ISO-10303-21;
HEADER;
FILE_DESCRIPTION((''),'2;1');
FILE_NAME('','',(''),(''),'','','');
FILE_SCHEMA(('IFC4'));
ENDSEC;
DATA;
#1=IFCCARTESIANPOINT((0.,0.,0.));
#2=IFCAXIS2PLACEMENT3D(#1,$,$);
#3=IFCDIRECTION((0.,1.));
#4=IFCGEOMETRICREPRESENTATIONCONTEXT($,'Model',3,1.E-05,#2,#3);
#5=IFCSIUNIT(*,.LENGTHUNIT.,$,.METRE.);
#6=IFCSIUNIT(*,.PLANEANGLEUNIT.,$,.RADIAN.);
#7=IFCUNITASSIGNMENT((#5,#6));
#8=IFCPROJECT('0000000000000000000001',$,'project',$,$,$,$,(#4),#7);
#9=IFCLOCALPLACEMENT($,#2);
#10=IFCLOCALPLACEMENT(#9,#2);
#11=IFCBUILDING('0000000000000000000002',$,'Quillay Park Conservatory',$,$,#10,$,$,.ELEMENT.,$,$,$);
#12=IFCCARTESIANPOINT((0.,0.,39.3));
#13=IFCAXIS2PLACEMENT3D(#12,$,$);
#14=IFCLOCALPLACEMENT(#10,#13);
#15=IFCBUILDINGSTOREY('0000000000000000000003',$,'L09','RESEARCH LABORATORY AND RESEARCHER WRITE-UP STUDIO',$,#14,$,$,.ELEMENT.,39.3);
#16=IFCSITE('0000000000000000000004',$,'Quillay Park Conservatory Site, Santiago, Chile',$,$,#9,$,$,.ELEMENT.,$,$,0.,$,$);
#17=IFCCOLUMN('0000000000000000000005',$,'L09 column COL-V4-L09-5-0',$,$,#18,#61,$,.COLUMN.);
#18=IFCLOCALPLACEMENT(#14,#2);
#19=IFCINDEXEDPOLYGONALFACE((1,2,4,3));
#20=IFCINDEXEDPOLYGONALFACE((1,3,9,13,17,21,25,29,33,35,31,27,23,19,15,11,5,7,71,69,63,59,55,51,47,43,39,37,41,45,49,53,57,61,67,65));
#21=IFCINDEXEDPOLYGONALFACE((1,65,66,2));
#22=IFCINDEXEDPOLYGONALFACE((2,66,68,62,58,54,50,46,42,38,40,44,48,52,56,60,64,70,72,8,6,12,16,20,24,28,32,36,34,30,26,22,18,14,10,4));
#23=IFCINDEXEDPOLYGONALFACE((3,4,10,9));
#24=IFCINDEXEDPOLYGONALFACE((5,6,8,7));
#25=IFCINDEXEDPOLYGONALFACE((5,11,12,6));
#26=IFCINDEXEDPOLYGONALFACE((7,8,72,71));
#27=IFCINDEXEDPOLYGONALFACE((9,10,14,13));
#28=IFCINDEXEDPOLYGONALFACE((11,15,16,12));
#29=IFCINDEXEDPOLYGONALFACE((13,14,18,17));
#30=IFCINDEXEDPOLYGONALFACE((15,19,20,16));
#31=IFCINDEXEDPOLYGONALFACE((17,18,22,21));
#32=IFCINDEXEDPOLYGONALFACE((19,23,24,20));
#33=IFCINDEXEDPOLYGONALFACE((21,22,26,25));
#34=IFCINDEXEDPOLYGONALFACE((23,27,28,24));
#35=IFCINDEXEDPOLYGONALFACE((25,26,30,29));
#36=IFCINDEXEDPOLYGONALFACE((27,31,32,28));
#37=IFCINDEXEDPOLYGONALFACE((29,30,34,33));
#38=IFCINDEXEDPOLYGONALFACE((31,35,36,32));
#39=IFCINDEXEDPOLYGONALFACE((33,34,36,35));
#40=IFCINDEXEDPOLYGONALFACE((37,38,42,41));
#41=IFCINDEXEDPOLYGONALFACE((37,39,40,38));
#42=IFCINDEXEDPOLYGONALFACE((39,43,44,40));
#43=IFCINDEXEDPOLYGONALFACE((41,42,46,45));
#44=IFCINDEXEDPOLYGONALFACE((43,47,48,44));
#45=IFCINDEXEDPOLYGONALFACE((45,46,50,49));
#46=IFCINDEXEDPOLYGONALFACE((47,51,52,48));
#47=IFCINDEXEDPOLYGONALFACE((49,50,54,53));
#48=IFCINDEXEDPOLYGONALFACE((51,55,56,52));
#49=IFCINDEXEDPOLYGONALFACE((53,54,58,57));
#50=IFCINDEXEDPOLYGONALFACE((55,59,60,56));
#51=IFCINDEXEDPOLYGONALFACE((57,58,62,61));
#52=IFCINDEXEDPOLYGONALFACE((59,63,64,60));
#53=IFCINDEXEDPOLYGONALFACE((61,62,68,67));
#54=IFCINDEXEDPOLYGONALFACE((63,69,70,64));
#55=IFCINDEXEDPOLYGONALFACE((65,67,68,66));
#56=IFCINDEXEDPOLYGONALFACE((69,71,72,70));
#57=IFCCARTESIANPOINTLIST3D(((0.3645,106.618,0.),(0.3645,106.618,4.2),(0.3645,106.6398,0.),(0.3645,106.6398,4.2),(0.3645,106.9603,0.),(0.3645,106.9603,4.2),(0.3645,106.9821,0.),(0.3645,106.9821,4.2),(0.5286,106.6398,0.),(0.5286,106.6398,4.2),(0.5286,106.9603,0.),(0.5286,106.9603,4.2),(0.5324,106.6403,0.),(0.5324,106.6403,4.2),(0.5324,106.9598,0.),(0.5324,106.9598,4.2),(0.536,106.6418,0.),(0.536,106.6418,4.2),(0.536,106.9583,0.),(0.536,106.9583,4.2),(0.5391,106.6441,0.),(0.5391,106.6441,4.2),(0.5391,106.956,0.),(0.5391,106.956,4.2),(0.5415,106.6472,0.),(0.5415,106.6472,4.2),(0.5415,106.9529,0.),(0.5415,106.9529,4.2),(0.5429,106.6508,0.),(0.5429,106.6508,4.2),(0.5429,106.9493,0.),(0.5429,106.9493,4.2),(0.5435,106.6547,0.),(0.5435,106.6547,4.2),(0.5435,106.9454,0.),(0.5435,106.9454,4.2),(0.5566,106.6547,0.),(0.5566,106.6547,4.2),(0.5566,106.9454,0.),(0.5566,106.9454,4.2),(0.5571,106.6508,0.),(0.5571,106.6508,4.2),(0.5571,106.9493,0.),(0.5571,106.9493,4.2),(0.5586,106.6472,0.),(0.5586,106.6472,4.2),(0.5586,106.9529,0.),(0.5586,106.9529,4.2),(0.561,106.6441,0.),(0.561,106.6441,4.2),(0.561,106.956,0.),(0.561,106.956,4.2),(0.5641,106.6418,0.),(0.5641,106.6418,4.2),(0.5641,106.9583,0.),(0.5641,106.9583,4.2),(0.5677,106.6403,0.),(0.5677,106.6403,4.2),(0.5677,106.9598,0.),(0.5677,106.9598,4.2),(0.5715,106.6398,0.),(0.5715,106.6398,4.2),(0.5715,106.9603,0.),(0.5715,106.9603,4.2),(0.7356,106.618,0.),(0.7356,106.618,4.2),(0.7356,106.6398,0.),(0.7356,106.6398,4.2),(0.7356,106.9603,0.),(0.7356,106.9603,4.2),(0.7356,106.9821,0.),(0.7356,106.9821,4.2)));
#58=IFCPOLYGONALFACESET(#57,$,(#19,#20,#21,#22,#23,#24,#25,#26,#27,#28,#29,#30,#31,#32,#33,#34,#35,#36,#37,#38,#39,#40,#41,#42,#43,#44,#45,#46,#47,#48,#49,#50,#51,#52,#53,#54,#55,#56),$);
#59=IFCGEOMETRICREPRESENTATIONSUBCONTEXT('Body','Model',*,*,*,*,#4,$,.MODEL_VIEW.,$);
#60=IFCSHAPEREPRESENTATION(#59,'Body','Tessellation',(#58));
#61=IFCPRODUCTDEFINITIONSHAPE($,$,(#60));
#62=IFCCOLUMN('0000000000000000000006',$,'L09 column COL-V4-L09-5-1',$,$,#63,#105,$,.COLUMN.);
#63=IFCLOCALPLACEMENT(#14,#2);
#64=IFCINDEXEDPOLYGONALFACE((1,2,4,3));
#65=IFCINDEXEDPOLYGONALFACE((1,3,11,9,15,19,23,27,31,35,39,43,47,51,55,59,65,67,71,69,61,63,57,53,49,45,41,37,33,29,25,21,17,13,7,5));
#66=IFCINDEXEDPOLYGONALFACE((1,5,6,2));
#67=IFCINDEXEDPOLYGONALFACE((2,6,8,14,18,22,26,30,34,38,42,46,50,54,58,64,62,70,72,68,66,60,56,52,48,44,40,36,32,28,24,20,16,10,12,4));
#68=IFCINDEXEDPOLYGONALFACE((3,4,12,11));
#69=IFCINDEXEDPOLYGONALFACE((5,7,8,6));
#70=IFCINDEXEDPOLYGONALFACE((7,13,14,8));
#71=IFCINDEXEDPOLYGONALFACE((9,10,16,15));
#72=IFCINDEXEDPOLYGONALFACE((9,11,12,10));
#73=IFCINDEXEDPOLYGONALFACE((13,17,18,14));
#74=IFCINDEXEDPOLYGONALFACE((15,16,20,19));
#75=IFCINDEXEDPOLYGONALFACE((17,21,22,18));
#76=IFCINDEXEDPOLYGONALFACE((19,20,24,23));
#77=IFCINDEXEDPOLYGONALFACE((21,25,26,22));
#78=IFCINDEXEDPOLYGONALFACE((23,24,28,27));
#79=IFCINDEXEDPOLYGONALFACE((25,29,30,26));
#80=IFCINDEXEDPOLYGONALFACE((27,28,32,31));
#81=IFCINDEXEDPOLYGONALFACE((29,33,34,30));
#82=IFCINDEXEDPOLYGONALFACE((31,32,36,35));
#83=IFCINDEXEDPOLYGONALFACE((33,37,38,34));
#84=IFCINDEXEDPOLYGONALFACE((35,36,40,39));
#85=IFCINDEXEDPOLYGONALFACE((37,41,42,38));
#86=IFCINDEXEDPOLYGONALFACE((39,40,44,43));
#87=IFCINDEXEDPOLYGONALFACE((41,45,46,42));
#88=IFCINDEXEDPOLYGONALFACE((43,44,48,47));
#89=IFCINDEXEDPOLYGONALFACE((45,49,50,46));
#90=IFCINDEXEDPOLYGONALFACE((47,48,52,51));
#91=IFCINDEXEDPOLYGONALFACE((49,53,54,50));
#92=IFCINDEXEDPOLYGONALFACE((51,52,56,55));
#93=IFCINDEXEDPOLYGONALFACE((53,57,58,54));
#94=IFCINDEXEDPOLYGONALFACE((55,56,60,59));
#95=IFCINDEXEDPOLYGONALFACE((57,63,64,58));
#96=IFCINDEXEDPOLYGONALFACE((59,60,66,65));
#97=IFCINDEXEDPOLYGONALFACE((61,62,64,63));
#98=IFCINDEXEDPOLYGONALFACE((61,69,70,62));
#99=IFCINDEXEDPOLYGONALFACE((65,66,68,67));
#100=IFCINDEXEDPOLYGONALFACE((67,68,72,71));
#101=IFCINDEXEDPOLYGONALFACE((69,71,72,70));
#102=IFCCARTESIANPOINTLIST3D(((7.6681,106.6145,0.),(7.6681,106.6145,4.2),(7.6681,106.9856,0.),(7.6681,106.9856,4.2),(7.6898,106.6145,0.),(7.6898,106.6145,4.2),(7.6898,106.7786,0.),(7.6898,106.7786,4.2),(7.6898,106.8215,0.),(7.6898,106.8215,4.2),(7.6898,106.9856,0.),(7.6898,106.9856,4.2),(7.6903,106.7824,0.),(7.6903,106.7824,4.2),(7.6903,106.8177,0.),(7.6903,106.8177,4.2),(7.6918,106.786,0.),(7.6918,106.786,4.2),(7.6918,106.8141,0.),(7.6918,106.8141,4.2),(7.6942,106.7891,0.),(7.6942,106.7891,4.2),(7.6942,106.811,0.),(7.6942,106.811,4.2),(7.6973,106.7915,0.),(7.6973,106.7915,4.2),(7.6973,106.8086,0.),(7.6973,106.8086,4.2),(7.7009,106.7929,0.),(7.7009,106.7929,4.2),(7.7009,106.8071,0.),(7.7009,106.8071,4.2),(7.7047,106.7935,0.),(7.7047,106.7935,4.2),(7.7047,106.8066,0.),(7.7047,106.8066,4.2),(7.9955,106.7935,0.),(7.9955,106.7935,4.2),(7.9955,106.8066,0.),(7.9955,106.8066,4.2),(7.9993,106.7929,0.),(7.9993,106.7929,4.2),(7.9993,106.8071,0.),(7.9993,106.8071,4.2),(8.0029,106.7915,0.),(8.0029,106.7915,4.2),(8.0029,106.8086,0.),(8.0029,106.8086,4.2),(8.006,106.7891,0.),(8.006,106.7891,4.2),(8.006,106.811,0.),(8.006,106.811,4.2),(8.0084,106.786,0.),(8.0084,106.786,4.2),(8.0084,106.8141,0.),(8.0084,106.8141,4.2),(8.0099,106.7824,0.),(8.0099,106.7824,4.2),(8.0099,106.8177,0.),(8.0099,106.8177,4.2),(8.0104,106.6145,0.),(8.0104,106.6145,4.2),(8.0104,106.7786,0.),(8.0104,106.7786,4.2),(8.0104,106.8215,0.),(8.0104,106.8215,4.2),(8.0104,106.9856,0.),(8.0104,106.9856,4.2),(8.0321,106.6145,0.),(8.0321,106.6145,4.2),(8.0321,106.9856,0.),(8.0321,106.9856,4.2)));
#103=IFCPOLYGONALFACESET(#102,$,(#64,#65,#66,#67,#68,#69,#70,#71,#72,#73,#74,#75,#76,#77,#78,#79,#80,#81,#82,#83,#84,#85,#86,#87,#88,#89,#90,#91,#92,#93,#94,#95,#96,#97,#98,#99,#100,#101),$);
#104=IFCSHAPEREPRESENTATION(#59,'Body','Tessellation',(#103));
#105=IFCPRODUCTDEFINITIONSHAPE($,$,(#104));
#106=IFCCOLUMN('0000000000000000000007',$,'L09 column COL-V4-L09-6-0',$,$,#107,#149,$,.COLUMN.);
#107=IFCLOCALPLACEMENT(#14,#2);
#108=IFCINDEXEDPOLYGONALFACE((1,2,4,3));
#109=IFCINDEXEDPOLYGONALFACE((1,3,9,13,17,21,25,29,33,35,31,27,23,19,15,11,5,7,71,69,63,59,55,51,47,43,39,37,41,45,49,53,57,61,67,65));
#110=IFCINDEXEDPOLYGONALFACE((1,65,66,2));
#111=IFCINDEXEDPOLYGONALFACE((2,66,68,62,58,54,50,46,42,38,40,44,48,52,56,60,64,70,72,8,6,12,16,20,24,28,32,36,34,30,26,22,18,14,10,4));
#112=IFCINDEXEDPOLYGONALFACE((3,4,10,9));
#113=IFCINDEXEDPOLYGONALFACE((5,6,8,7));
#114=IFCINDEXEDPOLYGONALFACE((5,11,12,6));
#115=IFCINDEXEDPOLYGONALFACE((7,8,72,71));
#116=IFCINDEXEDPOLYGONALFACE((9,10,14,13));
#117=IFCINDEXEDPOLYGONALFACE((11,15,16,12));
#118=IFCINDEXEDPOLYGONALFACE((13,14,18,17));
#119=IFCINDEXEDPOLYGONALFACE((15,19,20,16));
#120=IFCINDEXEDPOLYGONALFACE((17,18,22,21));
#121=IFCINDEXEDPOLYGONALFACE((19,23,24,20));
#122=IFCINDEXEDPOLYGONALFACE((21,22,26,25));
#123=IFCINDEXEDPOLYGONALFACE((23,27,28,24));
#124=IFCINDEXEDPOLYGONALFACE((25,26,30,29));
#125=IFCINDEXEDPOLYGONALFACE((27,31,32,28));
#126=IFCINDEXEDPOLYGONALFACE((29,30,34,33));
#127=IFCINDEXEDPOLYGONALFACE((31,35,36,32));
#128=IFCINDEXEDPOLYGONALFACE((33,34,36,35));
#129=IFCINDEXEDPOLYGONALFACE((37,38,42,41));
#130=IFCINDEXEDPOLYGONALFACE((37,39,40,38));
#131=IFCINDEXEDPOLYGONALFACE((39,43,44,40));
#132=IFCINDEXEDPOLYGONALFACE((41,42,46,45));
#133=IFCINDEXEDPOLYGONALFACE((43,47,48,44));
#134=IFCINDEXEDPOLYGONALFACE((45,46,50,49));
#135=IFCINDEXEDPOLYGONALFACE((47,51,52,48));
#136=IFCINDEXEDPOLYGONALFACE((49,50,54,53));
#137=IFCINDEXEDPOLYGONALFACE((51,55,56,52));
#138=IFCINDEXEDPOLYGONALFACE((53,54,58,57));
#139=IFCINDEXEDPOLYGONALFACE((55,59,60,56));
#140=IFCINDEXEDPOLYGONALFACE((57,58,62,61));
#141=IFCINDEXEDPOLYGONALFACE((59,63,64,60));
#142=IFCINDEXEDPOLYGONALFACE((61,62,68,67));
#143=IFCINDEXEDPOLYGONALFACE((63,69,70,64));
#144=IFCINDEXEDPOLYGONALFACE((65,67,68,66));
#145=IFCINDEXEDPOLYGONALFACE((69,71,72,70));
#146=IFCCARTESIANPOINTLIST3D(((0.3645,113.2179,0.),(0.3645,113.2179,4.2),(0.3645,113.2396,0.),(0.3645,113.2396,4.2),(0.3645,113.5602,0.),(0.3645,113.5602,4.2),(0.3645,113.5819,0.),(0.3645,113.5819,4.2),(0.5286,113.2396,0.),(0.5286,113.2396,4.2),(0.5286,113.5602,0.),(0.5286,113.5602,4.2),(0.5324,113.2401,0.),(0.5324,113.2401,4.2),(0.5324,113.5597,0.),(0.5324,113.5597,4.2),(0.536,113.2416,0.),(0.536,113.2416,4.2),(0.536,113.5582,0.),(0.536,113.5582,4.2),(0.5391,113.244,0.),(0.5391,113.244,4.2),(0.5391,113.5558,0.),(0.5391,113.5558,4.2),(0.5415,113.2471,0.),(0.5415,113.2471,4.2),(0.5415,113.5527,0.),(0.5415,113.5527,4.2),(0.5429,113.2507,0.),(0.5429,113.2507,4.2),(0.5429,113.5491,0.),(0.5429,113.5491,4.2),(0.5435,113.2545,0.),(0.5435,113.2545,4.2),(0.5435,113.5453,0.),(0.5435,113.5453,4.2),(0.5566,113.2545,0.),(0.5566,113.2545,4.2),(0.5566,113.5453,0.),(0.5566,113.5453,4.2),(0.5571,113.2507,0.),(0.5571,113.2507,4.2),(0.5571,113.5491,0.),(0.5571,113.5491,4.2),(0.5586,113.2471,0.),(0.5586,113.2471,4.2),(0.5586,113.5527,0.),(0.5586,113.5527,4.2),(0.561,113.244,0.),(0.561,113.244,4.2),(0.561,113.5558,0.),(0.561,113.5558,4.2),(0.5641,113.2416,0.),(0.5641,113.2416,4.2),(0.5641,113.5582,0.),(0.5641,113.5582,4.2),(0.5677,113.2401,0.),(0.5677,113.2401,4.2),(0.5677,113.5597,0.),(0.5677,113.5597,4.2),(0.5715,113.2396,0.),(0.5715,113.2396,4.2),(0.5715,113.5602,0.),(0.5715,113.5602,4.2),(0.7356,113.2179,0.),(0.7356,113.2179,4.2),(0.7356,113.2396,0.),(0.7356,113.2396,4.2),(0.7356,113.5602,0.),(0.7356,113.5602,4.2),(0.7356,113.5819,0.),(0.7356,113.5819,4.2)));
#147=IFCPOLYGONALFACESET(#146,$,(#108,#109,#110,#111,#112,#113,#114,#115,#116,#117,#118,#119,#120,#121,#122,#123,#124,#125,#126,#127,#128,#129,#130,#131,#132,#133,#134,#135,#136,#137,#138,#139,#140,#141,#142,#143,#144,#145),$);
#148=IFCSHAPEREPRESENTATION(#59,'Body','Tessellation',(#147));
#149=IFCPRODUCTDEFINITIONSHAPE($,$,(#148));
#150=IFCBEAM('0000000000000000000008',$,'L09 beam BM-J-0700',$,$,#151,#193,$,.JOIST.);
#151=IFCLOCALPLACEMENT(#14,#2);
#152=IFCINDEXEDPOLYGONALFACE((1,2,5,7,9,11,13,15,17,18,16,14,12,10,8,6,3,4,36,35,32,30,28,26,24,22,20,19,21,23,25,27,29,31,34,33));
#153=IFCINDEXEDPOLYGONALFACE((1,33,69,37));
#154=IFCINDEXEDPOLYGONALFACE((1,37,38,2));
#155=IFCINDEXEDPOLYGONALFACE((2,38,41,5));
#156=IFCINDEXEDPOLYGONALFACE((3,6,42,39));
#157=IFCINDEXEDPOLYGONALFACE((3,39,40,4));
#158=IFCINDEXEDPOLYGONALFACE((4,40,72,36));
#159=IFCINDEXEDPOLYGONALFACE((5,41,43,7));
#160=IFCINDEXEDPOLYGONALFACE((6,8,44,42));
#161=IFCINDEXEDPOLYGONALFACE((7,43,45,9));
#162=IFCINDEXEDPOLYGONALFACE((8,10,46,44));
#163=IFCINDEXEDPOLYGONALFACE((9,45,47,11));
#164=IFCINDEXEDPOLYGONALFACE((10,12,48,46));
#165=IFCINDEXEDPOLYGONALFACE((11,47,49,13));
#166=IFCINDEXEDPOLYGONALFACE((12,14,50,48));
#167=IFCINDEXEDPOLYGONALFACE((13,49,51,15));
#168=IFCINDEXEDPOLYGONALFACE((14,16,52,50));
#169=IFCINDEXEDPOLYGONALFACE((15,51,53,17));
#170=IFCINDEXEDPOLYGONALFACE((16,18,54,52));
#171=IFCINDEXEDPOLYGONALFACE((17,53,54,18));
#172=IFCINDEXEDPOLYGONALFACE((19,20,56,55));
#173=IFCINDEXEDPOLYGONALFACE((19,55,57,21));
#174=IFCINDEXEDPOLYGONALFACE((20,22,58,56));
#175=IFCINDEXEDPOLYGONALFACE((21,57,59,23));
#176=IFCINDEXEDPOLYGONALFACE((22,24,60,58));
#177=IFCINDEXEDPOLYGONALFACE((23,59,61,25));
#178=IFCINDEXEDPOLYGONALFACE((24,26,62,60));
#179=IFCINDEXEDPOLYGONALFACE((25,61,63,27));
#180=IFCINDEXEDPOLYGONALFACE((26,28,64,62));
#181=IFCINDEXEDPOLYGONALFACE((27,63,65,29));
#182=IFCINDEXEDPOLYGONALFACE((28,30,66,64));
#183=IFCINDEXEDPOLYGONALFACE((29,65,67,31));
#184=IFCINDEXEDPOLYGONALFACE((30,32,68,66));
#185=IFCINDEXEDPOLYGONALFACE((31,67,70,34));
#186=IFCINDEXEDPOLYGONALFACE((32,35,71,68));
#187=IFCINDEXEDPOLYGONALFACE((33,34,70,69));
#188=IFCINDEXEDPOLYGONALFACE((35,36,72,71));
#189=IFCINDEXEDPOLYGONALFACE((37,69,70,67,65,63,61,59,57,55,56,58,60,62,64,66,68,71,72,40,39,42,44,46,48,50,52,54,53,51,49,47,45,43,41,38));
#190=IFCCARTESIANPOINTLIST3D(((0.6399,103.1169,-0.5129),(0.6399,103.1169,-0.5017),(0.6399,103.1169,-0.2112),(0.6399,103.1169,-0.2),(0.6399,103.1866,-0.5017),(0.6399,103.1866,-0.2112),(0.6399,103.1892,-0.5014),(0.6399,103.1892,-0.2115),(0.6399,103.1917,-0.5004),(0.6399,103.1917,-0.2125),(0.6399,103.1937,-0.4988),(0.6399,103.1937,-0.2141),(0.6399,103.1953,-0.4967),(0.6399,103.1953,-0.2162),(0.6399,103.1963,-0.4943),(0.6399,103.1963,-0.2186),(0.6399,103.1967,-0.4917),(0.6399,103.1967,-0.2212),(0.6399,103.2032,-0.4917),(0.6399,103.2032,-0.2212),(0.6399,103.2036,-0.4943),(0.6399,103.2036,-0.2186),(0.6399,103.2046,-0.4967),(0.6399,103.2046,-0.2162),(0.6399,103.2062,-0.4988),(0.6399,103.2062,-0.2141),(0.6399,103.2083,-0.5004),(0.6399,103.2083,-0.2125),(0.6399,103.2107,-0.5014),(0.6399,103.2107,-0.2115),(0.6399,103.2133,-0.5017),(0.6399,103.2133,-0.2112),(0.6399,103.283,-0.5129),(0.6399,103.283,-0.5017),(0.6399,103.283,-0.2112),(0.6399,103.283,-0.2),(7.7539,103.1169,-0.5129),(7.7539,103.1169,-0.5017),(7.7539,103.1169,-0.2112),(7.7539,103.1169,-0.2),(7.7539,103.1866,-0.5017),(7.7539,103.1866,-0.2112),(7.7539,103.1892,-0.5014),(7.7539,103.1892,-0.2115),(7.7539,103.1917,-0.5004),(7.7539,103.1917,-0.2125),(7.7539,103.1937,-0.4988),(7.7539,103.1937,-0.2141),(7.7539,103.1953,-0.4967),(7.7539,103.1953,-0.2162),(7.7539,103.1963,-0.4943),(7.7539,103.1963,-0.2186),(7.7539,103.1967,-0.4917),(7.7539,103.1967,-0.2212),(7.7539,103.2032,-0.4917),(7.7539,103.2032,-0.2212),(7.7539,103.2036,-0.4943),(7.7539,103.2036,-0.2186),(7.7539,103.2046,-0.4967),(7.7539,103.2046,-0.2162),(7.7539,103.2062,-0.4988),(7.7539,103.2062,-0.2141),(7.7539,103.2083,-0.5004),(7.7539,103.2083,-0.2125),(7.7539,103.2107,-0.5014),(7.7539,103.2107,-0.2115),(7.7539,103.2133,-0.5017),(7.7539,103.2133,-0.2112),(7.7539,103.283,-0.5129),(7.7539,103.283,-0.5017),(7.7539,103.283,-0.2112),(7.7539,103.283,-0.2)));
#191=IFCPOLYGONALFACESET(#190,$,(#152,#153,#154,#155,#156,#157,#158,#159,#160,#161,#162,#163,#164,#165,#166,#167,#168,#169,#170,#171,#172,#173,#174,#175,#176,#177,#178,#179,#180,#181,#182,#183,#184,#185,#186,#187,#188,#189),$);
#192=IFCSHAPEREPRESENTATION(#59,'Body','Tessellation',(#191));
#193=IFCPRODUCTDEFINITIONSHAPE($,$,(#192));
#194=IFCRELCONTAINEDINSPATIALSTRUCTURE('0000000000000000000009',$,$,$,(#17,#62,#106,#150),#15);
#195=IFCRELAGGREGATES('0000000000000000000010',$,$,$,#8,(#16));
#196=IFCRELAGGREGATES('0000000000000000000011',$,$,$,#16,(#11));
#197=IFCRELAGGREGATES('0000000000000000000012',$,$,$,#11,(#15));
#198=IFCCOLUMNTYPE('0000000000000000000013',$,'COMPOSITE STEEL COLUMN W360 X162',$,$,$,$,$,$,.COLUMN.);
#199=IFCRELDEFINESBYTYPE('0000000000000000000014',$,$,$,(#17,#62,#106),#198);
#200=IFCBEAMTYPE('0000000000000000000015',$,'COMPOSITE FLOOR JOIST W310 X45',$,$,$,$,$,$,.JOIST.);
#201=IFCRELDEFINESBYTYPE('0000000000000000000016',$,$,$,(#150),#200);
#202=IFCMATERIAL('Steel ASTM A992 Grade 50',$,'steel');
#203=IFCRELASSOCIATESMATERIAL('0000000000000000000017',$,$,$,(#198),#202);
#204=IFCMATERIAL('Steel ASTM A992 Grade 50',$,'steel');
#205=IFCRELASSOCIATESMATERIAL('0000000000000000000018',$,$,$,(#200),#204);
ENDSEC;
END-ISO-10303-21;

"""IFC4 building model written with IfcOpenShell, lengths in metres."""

from ifc_helpers import new_model, si_unit, direction, frame, origin, origin_2d, place, context, subcontext, project, spatial, i_section, extrude, material, material_profile, profile_set, type_object, element, save


model = new_model("IFC4")

# Units and contexts
model_context = context("Model", 3, precision=1e-05, world=origin(), true_north=direction((0.0, 1.0)))
body_context = subcontext(model_context, "Body", "Model", "MODEL_VIEW")
ifc_project = project(units=[si_unit("LENGTHUNIT", "METRE"), si_unit("PLANEANGLEUNIT", "RADIAN")], contexts=[model_context])

# Site, building, storey
site_placement = place(None, origin())
site = spatial("IfcSite", under=ifc_project, at=site_placement, Name="Quillay Park Conservatory Site, Santiago, Chile", CompositionType="ELEMENT", RefElevation=0.0)
building_placement = place(site_placement, origin())
building = spatial("IfcBuilding", under=site, at=building_placement, Name="Quillay Park Conservatory", CompositionType="ELEMENT")
storey_placement = place(building_placement, frame((0.0, 0.0, 39.3)))
storey = spatial("IfcBuildingStorey", under=building, at=storey_placement, Name="L09", Description="RESEARCH LABORATORY AND RESEARCHER WRITE-UP STUDIO", CompositionType="ELEMENT", Elevation=39.3)

# Columns
ifc_material_1 = material(Name="Steel ASTM A992 Grade 50", Category="steel")
ifc_material_profile_1 = material_profile(ifc_material_1, i_section(OverallWidth=0.3711, OverallDepth=0.364, WebThickness=0.0132, FlangeThickness=0.0217, FilletRadius=0.0149, at=origin_2d()), Name="W360x162")
ifc_profile_set_1 = profile_set([ifc_material_profile_1], Name="Steel ASTM A992 Grade 50")
column_type = type_object("IfcColumnType", Name="COMPOSITE STEEL COLUMN W360 X162", PredefinedType="COLUMN", material=ifc_profile_set_1)
for number, where, z_axis, x_axis, name in (
    (1, (0.55, 106.8, 0.0), (0.0, 0.0, 1.0), (1.0, 0.0, 0.0), "L09 column COL-V4-L09-5-0"),
    (2, (7.8501, 106.8, 0.0), (0.0, 0.0, 1.0), (0.0, 1.0, 0.0), "L09 column COL-V4-L09-5-1"),
    (3, (0.55, 113.3999, 0.0), (0.0, 0.0, 1.0), (1.0, 0.0, 0.0), "L09 column COL-V4-L09-6-0"),
):
    element("IfcColumn", number, at=place(storey_placement, frame(where, z_axis=z_axis, x_axis=x_axis)), inside=storey, type_object=column_type, Name=name, PredefinedType="COLUMN", context=body_context, shape_type="SweptSolid", body=[
        extrude(i_section(OverallWidth=0.3711, OverallDepth=0.364, WebThickness=0.0132, FlangeThickness=0.0217, FilletRadius=0.0149, at=origin_2d()), origin(), (0.0, 0.0, 1.0), 4.2),
    ])

# Beam
ifc_material_2 = material(Name="Steel ASTM A992 Grade 50", Category="steel")
ifc_material_profile_2 = material_profile(ifc_material_2, i_section(OverallWidth=0.166, OverallDepth=0.313, WebThickness=0.0066, FlangeThickness=0.0112, FilletRadius=0.01, at=origin_2d()), Name="W310x45")
ifc_profile_set_2 = profile_set([ifc_material_profile_2], Name="Steel ASTM A992 Grade 50")
beam_type_1 = type_object("IfcBeamType", Name="COMPOSITE FLOOR JOIST W310 X45", PredefinedType="JOIST", material=ifc_profile_set_2)
beam_1_placement = place(storey_placement, frame((0.6399, 103.2, -0.3564), z_axis=(1.0, 0.0, 0.0), x_axis=(0.0, 1.0, 0.0)))
element("IfcBeam", 4, at=beam_1_placement, inside=storey, type_object=beam_type_1, Name="L09 beam BM-J-0700", PredefinedType="JOIST", context=body_context, shape_type="SweptSolid", body=[
    extrude(i_section(OverallWidth=0.166, OverallDepth=0.313, WebThickness=0.0066, FlangeThickness=0.0112, FilletRadius=0.01, at=origin_2d()), origin(), (0.0, 0.0, 1.0), 7.114),
])

save(model, "model.ifc")
